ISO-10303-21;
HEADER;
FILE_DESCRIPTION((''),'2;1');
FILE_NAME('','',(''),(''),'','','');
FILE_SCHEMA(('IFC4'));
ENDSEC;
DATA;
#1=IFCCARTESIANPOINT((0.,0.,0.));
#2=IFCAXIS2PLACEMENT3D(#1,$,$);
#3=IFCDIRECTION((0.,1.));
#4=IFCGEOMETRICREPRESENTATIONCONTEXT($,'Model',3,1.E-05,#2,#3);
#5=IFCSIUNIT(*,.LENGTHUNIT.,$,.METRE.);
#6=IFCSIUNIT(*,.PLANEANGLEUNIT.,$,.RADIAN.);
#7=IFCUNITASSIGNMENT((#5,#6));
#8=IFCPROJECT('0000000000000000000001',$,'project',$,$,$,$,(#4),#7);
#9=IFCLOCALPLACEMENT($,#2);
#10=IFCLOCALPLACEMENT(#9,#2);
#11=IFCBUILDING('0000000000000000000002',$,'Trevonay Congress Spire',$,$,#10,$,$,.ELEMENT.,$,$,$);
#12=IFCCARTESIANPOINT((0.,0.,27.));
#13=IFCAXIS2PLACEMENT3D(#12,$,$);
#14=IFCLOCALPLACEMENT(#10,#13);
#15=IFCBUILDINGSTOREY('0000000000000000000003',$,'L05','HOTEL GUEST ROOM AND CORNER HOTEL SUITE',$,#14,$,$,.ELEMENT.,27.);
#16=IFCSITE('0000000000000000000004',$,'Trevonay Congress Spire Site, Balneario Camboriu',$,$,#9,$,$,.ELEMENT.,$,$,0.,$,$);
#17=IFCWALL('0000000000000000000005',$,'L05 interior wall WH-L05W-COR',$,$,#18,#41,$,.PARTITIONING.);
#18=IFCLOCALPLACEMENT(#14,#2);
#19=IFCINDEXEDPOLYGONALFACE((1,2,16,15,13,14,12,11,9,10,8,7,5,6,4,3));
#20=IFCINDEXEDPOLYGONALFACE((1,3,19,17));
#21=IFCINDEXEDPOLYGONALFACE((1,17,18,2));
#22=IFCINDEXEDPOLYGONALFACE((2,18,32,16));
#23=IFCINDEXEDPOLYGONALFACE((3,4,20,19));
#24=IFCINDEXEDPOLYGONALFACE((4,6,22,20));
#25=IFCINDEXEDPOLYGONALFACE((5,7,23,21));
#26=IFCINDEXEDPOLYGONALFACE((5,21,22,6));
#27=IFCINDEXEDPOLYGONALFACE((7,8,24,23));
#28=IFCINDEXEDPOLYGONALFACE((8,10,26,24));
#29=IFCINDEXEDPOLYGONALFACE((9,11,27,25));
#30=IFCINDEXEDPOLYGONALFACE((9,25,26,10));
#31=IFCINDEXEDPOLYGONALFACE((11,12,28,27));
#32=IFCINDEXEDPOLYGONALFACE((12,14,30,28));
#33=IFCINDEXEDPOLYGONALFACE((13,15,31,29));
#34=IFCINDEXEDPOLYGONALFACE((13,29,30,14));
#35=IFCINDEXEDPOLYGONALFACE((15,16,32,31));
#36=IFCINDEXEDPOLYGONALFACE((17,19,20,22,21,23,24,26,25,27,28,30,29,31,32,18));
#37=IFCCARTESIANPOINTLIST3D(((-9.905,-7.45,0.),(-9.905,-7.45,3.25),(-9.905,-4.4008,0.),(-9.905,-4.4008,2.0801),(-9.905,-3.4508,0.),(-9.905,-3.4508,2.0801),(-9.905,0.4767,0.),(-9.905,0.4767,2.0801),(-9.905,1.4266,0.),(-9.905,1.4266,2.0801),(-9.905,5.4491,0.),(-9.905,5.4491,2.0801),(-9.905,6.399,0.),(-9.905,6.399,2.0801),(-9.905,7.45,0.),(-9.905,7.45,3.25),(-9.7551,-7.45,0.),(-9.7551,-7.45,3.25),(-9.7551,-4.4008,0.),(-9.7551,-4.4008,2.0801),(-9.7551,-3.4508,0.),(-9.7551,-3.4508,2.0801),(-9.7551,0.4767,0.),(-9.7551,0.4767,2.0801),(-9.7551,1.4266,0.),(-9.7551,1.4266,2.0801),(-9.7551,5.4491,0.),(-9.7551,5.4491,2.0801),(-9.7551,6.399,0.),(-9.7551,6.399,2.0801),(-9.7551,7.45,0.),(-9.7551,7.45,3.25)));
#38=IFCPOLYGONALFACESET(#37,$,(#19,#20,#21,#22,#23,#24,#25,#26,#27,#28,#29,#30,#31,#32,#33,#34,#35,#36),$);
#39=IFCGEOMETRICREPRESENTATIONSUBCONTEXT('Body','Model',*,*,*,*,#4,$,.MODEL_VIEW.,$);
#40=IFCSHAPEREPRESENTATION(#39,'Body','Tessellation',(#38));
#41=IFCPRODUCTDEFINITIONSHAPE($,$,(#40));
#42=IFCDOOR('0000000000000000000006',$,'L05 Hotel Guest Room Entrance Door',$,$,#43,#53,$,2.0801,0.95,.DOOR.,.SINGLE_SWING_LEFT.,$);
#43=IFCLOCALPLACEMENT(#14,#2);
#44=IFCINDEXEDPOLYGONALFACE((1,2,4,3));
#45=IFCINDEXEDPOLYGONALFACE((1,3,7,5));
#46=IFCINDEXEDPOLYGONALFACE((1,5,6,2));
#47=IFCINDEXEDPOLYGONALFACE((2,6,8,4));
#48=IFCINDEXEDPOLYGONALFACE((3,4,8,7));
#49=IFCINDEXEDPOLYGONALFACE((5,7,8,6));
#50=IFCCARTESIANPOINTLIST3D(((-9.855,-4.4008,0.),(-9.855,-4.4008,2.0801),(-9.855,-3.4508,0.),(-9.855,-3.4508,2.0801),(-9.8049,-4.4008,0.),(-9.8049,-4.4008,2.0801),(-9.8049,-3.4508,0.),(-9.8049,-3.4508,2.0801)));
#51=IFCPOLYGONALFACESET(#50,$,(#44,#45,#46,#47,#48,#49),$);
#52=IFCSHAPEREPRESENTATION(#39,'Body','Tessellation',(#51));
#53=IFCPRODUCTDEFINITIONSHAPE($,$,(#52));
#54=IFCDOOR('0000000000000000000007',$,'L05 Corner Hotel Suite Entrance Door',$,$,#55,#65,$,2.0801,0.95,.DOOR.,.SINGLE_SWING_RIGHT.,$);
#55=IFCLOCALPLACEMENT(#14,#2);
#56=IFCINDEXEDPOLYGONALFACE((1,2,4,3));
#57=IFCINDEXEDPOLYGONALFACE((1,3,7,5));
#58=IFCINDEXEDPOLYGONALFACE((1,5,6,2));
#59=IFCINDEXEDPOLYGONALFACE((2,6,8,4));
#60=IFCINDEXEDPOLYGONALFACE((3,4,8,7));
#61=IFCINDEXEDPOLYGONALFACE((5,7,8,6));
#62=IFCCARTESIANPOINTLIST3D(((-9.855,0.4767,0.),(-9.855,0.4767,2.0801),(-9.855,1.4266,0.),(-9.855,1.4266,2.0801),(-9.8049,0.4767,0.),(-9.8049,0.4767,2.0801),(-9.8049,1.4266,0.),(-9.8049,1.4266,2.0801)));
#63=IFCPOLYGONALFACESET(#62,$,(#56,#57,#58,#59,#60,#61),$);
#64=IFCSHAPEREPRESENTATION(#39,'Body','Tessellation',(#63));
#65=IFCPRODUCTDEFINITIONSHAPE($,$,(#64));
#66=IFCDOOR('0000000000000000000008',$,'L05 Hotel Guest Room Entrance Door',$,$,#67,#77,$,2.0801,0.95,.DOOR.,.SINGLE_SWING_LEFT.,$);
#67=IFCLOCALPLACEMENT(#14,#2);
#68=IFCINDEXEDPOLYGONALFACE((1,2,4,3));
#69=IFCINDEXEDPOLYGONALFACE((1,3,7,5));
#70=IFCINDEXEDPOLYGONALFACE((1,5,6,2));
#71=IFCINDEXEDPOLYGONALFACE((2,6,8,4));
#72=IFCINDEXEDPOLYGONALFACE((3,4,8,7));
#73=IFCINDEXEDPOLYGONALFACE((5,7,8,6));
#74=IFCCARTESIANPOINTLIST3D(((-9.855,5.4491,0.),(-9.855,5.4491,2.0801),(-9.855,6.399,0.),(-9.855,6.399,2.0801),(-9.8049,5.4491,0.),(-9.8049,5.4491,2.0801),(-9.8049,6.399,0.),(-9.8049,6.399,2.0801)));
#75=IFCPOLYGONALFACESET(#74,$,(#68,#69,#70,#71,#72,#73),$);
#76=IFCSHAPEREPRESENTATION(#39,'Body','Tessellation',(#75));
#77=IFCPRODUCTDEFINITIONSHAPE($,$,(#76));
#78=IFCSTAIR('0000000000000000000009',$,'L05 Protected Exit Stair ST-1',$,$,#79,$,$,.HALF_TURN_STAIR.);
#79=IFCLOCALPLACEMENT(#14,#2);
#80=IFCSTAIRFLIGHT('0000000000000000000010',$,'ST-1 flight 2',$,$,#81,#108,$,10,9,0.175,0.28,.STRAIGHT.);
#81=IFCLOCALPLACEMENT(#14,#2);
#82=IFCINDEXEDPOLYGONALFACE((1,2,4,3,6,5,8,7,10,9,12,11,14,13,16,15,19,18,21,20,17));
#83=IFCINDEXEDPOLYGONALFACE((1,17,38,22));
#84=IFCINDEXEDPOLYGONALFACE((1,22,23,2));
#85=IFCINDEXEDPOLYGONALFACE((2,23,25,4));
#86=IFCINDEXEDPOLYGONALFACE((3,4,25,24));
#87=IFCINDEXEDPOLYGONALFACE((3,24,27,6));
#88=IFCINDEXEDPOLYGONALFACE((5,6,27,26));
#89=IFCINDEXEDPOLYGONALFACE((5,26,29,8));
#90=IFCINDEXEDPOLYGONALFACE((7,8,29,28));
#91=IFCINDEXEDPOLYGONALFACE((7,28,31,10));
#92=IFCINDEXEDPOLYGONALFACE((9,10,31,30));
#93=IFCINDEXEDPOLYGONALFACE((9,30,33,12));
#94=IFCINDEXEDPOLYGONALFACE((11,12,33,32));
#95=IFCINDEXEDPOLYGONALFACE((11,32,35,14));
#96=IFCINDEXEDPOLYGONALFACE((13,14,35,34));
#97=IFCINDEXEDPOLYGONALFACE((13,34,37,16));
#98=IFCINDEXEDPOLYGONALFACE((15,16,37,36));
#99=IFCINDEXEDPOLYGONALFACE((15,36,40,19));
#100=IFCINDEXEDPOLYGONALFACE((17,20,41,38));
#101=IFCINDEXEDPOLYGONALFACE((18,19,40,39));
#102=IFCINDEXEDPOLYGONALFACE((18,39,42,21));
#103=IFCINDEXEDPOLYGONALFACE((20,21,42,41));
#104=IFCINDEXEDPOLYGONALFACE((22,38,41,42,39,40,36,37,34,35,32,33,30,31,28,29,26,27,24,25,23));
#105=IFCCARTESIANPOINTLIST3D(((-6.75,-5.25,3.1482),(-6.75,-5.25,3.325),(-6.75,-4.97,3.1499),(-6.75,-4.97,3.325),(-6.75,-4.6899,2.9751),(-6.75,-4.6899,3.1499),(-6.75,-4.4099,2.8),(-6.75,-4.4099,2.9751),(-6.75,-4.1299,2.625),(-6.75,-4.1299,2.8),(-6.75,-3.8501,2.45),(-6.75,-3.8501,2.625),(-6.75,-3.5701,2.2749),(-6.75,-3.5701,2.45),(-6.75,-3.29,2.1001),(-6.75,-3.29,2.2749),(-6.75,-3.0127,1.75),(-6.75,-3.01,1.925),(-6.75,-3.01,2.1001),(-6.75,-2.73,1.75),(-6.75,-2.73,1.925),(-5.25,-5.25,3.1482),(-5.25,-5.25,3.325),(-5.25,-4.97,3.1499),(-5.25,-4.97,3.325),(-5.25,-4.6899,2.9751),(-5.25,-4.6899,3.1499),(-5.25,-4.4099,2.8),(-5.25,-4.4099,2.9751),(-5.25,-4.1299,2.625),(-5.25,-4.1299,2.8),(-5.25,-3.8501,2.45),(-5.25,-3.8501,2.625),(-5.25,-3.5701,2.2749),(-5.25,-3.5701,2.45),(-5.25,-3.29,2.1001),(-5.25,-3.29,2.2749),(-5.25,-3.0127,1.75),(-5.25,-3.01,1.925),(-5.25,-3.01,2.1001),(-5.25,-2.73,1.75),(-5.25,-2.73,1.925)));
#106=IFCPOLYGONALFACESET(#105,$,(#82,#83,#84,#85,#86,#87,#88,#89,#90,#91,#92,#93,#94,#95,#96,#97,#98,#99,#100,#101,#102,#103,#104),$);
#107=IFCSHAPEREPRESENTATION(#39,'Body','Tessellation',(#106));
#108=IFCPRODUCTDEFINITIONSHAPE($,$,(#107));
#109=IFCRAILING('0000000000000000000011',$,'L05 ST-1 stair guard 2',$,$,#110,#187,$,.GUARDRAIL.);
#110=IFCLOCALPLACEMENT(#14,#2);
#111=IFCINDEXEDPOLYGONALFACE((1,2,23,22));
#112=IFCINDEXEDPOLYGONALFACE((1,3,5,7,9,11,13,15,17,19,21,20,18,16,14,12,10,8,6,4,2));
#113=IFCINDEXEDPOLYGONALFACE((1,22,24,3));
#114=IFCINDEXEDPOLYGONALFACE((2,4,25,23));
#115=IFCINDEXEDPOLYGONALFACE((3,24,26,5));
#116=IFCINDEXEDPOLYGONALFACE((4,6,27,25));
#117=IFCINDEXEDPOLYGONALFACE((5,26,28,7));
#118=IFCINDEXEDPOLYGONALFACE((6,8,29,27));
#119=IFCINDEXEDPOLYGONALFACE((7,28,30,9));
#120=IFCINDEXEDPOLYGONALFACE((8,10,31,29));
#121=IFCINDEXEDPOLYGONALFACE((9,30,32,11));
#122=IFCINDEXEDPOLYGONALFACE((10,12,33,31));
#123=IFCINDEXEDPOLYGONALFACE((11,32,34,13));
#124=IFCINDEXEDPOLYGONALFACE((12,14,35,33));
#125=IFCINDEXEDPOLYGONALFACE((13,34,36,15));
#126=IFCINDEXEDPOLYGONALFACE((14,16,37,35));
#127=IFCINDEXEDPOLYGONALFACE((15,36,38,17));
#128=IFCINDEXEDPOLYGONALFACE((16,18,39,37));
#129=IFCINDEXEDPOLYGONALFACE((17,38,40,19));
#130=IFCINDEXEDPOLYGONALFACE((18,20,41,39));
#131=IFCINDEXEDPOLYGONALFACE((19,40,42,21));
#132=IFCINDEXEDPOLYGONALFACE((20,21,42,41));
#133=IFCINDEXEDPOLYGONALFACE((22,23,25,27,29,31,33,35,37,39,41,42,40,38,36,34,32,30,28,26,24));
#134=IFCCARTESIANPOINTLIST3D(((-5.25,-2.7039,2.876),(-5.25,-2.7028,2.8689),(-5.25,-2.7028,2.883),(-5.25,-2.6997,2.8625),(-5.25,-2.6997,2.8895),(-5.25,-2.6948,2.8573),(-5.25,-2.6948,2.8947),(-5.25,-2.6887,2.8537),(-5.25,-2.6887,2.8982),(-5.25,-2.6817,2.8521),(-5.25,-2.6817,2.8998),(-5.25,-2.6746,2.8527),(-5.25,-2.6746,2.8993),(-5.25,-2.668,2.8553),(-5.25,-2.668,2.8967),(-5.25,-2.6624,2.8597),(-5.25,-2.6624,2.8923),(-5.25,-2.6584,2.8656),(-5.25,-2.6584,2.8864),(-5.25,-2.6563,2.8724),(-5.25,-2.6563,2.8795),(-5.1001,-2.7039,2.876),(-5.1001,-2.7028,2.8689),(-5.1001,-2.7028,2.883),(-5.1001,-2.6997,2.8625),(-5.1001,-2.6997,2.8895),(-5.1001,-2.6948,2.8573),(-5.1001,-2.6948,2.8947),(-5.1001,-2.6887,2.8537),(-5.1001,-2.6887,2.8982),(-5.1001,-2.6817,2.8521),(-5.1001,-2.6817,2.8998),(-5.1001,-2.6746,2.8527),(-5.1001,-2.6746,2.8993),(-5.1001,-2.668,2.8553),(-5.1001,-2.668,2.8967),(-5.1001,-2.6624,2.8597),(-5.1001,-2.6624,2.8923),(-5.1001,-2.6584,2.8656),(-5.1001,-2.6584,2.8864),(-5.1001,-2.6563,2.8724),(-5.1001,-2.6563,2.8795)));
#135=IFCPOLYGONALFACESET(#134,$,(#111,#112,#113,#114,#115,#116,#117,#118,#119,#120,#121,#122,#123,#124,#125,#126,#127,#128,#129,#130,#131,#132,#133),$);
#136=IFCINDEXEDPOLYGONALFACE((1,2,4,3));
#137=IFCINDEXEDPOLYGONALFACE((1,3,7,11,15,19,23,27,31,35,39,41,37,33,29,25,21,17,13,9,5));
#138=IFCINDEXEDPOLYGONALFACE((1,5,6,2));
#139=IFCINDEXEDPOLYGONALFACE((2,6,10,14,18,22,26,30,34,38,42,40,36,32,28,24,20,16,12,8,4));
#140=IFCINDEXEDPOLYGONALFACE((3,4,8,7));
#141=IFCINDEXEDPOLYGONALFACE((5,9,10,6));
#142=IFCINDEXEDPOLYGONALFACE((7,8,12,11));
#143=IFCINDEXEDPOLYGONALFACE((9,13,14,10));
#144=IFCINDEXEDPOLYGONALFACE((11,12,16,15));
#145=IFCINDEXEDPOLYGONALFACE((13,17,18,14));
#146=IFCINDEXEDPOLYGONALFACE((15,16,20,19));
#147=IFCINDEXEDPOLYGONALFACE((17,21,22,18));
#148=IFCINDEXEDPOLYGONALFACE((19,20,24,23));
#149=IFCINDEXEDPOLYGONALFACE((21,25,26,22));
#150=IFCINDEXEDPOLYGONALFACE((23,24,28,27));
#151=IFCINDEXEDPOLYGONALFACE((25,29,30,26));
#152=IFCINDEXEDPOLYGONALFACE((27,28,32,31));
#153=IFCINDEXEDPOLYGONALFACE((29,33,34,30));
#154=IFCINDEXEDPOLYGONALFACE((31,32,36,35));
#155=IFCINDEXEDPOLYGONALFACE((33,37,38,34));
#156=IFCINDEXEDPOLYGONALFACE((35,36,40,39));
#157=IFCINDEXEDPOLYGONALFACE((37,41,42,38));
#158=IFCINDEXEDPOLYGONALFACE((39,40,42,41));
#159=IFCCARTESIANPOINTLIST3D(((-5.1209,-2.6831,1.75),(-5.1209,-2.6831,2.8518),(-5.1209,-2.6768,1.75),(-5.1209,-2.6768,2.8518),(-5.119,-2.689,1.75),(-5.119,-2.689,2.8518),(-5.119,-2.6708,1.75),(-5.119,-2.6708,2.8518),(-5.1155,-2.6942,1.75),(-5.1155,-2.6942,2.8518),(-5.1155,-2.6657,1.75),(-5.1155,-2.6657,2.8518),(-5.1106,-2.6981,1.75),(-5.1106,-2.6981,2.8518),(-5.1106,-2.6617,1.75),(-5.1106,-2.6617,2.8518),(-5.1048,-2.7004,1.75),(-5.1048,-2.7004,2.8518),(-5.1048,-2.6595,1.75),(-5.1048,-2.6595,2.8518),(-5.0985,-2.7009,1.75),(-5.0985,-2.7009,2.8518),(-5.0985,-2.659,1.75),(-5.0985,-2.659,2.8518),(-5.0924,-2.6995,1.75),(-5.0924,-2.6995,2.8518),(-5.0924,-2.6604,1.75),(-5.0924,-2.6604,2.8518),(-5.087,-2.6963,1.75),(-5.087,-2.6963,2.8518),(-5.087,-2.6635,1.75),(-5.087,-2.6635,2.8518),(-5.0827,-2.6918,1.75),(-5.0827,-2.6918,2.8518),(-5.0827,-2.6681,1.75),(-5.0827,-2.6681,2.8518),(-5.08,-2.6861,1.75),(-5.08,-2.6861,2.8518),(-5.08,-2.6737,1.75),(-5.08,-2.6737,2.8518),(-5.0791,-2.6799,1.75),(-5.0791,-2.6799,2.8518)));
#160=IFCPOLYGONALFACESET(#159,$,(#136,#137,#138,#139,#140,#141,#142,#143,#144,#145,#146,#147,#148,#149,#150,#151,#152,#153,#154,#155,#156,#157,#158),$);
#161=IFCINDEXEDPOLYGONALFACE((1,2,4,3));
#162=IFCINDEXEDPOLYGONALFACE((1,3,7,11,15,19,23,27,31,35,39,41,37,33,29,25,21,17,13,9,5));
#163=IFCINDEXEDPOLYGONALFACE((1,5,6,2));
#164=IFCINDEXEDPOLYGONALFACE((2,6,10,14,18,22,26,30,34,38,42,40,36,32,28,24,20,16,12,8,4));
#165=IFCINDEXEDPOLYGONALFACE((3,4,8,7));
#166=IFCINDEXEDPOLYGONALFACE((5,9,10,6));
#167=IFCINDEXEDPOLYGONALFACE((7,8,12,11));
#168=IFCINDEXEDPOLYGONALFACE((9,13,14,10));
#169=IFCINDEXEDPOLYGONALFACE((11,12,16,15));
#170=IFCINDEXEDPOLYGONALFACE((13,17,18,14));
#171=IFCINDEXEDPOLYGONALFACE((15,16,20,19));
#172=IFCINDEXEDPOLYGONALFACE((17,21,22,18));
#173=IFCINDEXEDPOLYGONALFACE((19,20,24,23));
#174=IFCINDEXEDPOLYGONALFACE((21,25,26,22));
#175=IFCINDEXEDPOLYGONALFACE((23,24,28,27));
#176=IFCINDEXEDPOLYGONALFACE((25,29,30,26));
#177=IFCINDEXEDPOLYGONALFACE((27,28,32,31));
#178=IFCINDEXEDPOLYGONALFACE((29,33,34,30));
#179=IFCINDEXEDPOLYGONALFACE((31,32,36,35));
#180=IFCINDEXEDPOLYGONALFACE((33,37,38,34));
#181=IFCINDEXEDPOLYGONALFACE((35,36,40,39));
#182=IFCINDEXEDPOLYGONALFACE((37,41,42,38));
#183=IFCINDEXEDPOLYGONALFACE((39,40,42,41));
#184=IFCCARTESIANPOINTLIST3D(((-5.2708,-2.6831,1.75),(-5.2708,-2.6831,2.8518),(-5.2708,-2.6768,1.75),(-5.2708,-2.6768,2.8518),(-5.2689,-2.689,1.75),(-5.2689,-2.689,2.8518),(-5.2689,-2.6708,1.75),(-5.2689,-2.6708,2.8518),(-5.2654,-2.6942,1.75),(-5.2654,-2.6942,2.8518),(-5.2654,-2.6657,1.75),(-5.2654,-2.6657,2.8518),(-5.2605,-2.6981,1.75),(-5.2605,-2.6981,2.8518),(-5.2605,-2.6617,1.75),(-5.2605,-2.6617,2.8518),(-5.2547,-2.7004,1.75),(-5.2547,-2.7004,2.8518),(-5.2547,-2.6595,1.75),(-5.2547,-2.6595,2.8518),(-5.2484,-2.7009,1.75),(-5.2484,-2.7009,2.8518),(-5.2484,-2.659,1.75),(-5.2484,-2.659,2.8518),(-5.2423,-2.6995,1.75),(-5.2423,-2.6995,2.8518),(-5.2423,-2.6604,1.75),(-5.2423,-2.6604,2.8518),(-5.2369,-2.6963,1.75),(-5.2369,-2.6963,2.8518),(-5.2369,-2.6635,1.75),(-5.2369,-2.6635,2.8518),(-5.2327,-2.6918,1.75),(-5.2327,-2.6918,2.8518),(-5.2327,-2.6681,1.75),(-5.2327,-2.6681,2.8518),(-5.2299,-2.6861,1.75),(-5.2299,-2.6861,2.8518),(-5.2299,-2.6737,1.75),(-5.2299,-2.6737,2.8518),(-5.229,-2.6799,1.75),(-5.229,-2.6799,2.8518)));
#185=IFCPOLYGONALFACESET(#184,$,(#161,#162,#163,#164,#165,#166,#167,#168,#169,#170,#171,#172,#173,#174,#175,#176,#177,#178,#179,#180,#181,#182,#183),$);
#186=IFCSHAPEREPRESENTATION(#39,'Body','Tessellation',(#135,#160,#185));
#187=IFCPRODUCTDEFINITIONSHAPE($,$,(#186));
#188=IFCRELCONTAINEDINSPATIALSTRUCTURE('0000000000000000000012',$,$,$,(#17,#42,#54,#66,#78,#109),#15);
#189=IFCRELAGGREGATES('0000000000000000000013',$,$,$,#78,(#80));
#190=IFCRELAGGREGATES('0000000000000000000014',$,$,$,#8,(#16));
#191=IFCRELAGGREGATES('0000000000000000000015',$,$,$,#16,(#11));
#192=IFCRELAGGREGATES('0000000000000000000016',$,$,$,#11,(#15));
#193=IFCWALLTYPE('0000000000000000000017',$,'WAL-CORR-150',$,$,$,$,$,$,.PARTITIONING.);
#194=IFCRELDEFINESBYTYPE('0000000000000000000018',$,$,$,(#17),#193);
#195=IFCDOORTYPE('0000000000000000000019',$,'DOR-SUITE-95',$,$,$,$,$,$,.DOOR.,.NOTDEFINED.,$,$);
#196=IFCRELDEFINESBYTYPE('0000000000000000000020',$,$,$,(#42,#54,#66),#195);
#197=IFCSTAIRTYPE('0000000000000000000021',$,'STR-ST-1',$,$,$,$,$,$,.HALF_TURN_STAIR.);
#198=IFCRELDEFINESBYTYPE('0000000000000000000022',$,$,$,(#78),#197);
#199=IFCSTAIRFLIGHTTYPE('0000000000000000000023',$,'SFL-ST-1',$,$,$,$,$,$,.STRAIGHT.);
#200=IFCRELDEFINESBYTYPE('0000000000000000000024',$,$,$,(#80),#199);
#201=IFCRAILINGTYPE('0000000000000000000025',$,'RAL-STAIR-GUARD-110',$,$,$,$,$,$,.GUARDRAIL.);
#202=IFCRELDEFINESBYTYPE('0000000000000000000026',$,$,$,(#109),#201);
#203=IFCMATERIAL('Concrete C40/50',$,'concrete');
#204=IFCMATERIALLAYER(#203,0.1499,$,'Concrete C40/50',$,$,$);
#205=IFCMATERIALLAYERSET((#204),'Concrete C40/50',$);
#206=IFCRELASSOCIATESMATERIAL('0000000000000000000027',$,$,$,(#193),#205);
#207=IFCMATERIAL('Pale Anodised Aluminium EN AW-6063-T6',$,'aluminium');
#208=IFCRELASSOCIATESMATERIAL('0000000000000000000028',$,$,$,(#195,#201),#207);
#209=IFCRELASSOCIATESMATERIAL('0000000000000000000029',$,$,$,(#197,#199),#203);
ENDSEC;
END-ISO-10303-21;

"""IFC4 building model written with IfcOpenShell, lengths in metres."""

from ifc_helpers import new_model, si_unit, direction, frame, frame_2d, origin, origin_2d, place, context, subcontext, project, spatial, polyline, rectangle, circle, outline, extrude, material, layer, layer_set, type_object, element, fill, aggregate, save


model = new_model("IFC4")

# Units and contexts
model_context = context("Model", 3, precision=1e-05, world=origin(), true_north=direction((0.0, 1.0)))
body_context = subcontext(model_context, "Body", "Model", "MODEL_VIEW")
ifc_project = project(units=[si_unit("LENGTHUNIT", "METRE"), si_unit("PLANEANGLEUNIT", "RADIAN")], contexts=[model_context])

# Site, building, storey
site_placement = place(None, origin())
site = spatial("IfcSite", under=ifc_project, at=site_placement, Name="Trevonay Congress Spire Site, Balneario Camboriu", CompositionType="ELEMENT", RefElevation=0.0)
building_placement = place(site_placement, origin())
building = spatial("IfcBuilding", under=site, at=building_placement, Name="Trevonay Congress Spire", CompositionType="ELEMENT")
storey_placement = place(building_placement, frame((0.0, 0.0, 27.0)))
storey = spatial("IfcBuildingStorey", under=building, at=storey_placement, Name="L05", Description="HOTEL GUEST ROOM AND CORNER HOTEL SUITE", CompositionType="ELEMENT", Elevation=27.0)

# Shared definitions
ifc_material_1 = material(Name="Concrete C40/50", Category="concrete")
ifc_material_2 = material(Name="Pale Anodised Aluminium EN AW-6063-T6", Category="aluminium")

# Wall, openings, doors
ifc_layer_1 = layer(ifc_material_1, 0.1499, Name="Concrete C40/50")
ifc_layer_set_1 = layer_set([ifc_layer_1], Name="Concrete C40/50")
wall_type_1 = type_object("IfcWallType", Name="WAL-CORR-150", PredefinedType="PARTITIONING", material=ifc_layer_set_1)
wall_1_placement = place(storey_placement, frame((-9.8301, -7.45, 0.0), z_axis=(0.0, 0.0, 1.0), x_axis=(0.0, 1.0, 0.0)))
wall_1 = element("IfcWall", 1, at=wall_1_placement, inside=storey, type_object=wall_type_1, Name="L05 interior wall WH-L05W-COR", PredefinedType="PARTITIONING", context=body_context, shape_type="SweptSolid", body=[
    extrude(rectangle(XDim=14.8999, YDim=0.1499, at=frame_2d((7.45, 0.0))), origin(), (0.0, 0.0, 1.0), 3.25),
])
opening_1_placement = place(wall_1_placement, frame((3.0491, 0.0, 0.0)))
opening_1 = element("IfcOpeningElement", 2, at=opening_1_placement, cuts=wall_1, PredefinedType="OPENING", context=body_context, shape_type="SweptSolid", body=[
    extrude(rectangle(XDim=0.95, YDim=2.0801, at=frame_2d((0.4751, 1.04))), frame((0.0, 0.085, 0.0), z_axis=(0.0, -1.0, 0.0), x_axis=(1.0, 0.0, 0.0)), (0.0, 0.0, 1.0), 0.1699),
])
opening_2_placement = place(wall_1_placement, frame((7.9265, 0.0, 0.0)))
opening_2 = element("IfcOpeningElement", 3, at=opening_2_placement, cuts=wall_1, PredefinedType="OPENING", context=body_context, shape_type="SweptSolid", body=[
    extrude(rectangle(XDim=0.95, YDim=2.0801, at=frame_2d((0.4751, 1.04))), frame((0.0, 0.085, 0.0), z_axis=(0.0, -1.0, 0.0), x_axis=(1.0, 0.0, 0.0)), (0.0, 0.0, 1.0), 0.1699),
])
opening_3_placement = place(wall_1_placement, frame((12.8989, 0.0, 0.0)))
opening_3 = element("IfcOpeningElement", 4, at=opening_3_placement, cuts=wall_1, PredefinedType="OPENING", context=body_context, shape_type="SweptSolid", body=[
    extrude(rectangle(XDim=0.95, YDim=2.0801, at=frame_2d((0.4751, 1.04))), frame((0.0, 0.085, 0.0), z_axis=(0.0, -1.0, 0.0), x_axis=(1.0, 0.0, 0.0)), (0.0, 0.0, 1.0), 0.1699),
])
door_type_1 = type_object("IfcDoorType", Name="DOR-SUITE-95", OperationType="NOTDEFINED", PredefinedType="DOOR", material=ifc_material_2)
door_1_placement = place(opening_1_placement, origin())
door_1 = element("IfcDoor", 5, at=door_1_placement, inside=storey, type_object=door_type_1, Name="L05 Hotel Guest Room Entrance Door", OperationType="SINGLE_SWING_LEFT", OverallHeight=2.0801, OverallWidth=0.95, PredefinedType="DOOR", context=body_context, shape_type="SweptSolid", body=[
    extrude(rectangle(XDim=0.95, YDim=2.0801, at=frame_2d((0.4751, 1.04))), frame((0.0, 0.0249, 0.0), z_axis=(0.0, -1.0, 0.0), x_axis=(1.0, 0.0, 0.0)), (0.0, 0.0, 1.0), 0.05),
])
fill(opening_1, door_1)
door_2_placement = place(opening_2_placement, origin())
door_2 = element("IfcDoor", 6, at=door_2_placement, inside=storey, type_object=door_type_1, Name="L05 Corner Hotel Suite Entrance Door", OperationType="SINGLE_SWING_RIGHT", OverallHeight=2.0801, OverallWidth=0.95, PredefinedType="DOOR", context=body_context, shape_type="SweptSolid", body=[
    extrude(rectangle(XDim=0.95, YDim=2.0801, at=frame_2d((0.4751, 1.04))), frame((0.0, 0.0249, 0.0), z_axis=(0.0, -1.0, 0.0), x_axis=(1.0, 0.0, 0.0)), (0.0, 0.0, 1.0), 0.05),
])
fill(opening_2, door_2)
door_3_placement = place(opening_3_placement, origin())
door_3 = element("IfcDoor", 7, at=door_3_placement, inside=storey, type_object=door_type_1, Name="L05 Hotel Guest Room Entrance Door", OperationType="SINGLE_SWING_LEFT", OverallHeight=2.0801, OverallWidth=0.95, PredefinedType="DOOR", context=body_context, shape_type="SweptSolid", body=[
    extrude(rectangle(XDim=0.95, YDim=2.0801, at=frame_2d((0.4751, 1.04))), frame((0.0, 0.0249, 0.0), z_axis=(0.0, -1.0, 0.0), x_axis=(1.0, 0.0, 0.0)), (0.0, 0.0, 1.0), 0.05),
])
fill(opening_3, door_3)

# Stair, stair flight
stair_type = type_object("IfcStairType", Name="STR-ST-1", PredefinedType="HALF_TURN_STAIR", material=ifc_material_1)
stair_placement = place(storey_placement, origin())
stair = element("IfcStair", 8, at=stair_placement, inside=storey, type_object=stair_type, Name="L05 Protected Exit Stair ST-1", PredefinedType="HALF_TURN_STAIR")
stair_flight_type = type_object("IfcStairFlightType", Name="SFL-ST-1", PredefinedType="STRAIGHT", material=ifc_material_1)
stair_flight_placement = place(storey_placement, frame((-6.0, -2.73, 1.75), z_axis=(0.0, 0.0, 1.0), x_axis=(0.0, -1.0, 0.0)))
stair_flight = element("IfcStairFlight", 9, at=stair_flight_placement, type_object=stair_flight_type, Name="ST-1 flight 2", NumberOfRisers=10, NumberOfTreads=9, PredefinedType="STRAIGHT", RiserHeight=0.175, TreadLength=0.28, context=body_context, shape_type="SweptSolid", body=[
    extrude(outline(polyline([(0.0, 0.0), (0.0, 0.175), (0.28, 0.175), (0.28, 0.3501), (0.5601, 0.3501), (0.5601, 0.5249), (0.8401, 0.5249), (0.8401, 0.7), (1.1201, 0.7), (1.1201, 0.875), (1.3999, 0.875), (1.3999, 1.05), (1.6799, 1.05), (1.6799, 1.2251), (1.96, 1.2251), (1.96, 1.3999), (2.24, 1.3999), (2.24, 1.575), (2.52, 1.575), (2.52, 1.75), (2.52, 1.3982), (0.2827, 0.0), (0.0, 0.0)])), frame((0.0, 0.75, 0.0), z_axis=(0.0, -1.0, 0.0), x_axis=(1.0, 0.0, 0.0)), (0.0, 0.0, 1.0), 1.5),
])
aggregate(stair, [stair_flight])

# Railing
railing_type_1 = type_object("IfcRailingType", Name="RAL-STAIR-GUARD-110", PredefinedType="GUARDRAIL", material=ifc_material_2)
railing_1_placement = place(storey_placement, frame((-5.1001, -2.6799, 1.75)))
element("IfcRailing", 10, at=railing_1_placement, inside=storey, type_object=railing_type_1, Name="L05 ST-1 stair guard 2", PredefinedType="GUARDRAIL", context=body_context, shape_type="SweptSolid", body=[
    extrude(circle(Radius=0.0239, at=origin_2d()), frame((0.0, 0.0, 1.126), z_axis=(-1.0, 0.0, 0.0), x_axis=(0.0, -1.0, 0.0)), (0.0, 0.0, 1.0), 0.1499),
    extrude(circle(Radius=0.021, at=origin_2d()), origin(), (0.0, 0.0, 1.0), 1.1018),
    extrude(circle(Radius=0.021, at=origin_2d()), frame((-0.1499, 0.0, 0.0)), (0.0, 0.0, 1.0), 1.1018),
])

save(model, "model.ifc")
